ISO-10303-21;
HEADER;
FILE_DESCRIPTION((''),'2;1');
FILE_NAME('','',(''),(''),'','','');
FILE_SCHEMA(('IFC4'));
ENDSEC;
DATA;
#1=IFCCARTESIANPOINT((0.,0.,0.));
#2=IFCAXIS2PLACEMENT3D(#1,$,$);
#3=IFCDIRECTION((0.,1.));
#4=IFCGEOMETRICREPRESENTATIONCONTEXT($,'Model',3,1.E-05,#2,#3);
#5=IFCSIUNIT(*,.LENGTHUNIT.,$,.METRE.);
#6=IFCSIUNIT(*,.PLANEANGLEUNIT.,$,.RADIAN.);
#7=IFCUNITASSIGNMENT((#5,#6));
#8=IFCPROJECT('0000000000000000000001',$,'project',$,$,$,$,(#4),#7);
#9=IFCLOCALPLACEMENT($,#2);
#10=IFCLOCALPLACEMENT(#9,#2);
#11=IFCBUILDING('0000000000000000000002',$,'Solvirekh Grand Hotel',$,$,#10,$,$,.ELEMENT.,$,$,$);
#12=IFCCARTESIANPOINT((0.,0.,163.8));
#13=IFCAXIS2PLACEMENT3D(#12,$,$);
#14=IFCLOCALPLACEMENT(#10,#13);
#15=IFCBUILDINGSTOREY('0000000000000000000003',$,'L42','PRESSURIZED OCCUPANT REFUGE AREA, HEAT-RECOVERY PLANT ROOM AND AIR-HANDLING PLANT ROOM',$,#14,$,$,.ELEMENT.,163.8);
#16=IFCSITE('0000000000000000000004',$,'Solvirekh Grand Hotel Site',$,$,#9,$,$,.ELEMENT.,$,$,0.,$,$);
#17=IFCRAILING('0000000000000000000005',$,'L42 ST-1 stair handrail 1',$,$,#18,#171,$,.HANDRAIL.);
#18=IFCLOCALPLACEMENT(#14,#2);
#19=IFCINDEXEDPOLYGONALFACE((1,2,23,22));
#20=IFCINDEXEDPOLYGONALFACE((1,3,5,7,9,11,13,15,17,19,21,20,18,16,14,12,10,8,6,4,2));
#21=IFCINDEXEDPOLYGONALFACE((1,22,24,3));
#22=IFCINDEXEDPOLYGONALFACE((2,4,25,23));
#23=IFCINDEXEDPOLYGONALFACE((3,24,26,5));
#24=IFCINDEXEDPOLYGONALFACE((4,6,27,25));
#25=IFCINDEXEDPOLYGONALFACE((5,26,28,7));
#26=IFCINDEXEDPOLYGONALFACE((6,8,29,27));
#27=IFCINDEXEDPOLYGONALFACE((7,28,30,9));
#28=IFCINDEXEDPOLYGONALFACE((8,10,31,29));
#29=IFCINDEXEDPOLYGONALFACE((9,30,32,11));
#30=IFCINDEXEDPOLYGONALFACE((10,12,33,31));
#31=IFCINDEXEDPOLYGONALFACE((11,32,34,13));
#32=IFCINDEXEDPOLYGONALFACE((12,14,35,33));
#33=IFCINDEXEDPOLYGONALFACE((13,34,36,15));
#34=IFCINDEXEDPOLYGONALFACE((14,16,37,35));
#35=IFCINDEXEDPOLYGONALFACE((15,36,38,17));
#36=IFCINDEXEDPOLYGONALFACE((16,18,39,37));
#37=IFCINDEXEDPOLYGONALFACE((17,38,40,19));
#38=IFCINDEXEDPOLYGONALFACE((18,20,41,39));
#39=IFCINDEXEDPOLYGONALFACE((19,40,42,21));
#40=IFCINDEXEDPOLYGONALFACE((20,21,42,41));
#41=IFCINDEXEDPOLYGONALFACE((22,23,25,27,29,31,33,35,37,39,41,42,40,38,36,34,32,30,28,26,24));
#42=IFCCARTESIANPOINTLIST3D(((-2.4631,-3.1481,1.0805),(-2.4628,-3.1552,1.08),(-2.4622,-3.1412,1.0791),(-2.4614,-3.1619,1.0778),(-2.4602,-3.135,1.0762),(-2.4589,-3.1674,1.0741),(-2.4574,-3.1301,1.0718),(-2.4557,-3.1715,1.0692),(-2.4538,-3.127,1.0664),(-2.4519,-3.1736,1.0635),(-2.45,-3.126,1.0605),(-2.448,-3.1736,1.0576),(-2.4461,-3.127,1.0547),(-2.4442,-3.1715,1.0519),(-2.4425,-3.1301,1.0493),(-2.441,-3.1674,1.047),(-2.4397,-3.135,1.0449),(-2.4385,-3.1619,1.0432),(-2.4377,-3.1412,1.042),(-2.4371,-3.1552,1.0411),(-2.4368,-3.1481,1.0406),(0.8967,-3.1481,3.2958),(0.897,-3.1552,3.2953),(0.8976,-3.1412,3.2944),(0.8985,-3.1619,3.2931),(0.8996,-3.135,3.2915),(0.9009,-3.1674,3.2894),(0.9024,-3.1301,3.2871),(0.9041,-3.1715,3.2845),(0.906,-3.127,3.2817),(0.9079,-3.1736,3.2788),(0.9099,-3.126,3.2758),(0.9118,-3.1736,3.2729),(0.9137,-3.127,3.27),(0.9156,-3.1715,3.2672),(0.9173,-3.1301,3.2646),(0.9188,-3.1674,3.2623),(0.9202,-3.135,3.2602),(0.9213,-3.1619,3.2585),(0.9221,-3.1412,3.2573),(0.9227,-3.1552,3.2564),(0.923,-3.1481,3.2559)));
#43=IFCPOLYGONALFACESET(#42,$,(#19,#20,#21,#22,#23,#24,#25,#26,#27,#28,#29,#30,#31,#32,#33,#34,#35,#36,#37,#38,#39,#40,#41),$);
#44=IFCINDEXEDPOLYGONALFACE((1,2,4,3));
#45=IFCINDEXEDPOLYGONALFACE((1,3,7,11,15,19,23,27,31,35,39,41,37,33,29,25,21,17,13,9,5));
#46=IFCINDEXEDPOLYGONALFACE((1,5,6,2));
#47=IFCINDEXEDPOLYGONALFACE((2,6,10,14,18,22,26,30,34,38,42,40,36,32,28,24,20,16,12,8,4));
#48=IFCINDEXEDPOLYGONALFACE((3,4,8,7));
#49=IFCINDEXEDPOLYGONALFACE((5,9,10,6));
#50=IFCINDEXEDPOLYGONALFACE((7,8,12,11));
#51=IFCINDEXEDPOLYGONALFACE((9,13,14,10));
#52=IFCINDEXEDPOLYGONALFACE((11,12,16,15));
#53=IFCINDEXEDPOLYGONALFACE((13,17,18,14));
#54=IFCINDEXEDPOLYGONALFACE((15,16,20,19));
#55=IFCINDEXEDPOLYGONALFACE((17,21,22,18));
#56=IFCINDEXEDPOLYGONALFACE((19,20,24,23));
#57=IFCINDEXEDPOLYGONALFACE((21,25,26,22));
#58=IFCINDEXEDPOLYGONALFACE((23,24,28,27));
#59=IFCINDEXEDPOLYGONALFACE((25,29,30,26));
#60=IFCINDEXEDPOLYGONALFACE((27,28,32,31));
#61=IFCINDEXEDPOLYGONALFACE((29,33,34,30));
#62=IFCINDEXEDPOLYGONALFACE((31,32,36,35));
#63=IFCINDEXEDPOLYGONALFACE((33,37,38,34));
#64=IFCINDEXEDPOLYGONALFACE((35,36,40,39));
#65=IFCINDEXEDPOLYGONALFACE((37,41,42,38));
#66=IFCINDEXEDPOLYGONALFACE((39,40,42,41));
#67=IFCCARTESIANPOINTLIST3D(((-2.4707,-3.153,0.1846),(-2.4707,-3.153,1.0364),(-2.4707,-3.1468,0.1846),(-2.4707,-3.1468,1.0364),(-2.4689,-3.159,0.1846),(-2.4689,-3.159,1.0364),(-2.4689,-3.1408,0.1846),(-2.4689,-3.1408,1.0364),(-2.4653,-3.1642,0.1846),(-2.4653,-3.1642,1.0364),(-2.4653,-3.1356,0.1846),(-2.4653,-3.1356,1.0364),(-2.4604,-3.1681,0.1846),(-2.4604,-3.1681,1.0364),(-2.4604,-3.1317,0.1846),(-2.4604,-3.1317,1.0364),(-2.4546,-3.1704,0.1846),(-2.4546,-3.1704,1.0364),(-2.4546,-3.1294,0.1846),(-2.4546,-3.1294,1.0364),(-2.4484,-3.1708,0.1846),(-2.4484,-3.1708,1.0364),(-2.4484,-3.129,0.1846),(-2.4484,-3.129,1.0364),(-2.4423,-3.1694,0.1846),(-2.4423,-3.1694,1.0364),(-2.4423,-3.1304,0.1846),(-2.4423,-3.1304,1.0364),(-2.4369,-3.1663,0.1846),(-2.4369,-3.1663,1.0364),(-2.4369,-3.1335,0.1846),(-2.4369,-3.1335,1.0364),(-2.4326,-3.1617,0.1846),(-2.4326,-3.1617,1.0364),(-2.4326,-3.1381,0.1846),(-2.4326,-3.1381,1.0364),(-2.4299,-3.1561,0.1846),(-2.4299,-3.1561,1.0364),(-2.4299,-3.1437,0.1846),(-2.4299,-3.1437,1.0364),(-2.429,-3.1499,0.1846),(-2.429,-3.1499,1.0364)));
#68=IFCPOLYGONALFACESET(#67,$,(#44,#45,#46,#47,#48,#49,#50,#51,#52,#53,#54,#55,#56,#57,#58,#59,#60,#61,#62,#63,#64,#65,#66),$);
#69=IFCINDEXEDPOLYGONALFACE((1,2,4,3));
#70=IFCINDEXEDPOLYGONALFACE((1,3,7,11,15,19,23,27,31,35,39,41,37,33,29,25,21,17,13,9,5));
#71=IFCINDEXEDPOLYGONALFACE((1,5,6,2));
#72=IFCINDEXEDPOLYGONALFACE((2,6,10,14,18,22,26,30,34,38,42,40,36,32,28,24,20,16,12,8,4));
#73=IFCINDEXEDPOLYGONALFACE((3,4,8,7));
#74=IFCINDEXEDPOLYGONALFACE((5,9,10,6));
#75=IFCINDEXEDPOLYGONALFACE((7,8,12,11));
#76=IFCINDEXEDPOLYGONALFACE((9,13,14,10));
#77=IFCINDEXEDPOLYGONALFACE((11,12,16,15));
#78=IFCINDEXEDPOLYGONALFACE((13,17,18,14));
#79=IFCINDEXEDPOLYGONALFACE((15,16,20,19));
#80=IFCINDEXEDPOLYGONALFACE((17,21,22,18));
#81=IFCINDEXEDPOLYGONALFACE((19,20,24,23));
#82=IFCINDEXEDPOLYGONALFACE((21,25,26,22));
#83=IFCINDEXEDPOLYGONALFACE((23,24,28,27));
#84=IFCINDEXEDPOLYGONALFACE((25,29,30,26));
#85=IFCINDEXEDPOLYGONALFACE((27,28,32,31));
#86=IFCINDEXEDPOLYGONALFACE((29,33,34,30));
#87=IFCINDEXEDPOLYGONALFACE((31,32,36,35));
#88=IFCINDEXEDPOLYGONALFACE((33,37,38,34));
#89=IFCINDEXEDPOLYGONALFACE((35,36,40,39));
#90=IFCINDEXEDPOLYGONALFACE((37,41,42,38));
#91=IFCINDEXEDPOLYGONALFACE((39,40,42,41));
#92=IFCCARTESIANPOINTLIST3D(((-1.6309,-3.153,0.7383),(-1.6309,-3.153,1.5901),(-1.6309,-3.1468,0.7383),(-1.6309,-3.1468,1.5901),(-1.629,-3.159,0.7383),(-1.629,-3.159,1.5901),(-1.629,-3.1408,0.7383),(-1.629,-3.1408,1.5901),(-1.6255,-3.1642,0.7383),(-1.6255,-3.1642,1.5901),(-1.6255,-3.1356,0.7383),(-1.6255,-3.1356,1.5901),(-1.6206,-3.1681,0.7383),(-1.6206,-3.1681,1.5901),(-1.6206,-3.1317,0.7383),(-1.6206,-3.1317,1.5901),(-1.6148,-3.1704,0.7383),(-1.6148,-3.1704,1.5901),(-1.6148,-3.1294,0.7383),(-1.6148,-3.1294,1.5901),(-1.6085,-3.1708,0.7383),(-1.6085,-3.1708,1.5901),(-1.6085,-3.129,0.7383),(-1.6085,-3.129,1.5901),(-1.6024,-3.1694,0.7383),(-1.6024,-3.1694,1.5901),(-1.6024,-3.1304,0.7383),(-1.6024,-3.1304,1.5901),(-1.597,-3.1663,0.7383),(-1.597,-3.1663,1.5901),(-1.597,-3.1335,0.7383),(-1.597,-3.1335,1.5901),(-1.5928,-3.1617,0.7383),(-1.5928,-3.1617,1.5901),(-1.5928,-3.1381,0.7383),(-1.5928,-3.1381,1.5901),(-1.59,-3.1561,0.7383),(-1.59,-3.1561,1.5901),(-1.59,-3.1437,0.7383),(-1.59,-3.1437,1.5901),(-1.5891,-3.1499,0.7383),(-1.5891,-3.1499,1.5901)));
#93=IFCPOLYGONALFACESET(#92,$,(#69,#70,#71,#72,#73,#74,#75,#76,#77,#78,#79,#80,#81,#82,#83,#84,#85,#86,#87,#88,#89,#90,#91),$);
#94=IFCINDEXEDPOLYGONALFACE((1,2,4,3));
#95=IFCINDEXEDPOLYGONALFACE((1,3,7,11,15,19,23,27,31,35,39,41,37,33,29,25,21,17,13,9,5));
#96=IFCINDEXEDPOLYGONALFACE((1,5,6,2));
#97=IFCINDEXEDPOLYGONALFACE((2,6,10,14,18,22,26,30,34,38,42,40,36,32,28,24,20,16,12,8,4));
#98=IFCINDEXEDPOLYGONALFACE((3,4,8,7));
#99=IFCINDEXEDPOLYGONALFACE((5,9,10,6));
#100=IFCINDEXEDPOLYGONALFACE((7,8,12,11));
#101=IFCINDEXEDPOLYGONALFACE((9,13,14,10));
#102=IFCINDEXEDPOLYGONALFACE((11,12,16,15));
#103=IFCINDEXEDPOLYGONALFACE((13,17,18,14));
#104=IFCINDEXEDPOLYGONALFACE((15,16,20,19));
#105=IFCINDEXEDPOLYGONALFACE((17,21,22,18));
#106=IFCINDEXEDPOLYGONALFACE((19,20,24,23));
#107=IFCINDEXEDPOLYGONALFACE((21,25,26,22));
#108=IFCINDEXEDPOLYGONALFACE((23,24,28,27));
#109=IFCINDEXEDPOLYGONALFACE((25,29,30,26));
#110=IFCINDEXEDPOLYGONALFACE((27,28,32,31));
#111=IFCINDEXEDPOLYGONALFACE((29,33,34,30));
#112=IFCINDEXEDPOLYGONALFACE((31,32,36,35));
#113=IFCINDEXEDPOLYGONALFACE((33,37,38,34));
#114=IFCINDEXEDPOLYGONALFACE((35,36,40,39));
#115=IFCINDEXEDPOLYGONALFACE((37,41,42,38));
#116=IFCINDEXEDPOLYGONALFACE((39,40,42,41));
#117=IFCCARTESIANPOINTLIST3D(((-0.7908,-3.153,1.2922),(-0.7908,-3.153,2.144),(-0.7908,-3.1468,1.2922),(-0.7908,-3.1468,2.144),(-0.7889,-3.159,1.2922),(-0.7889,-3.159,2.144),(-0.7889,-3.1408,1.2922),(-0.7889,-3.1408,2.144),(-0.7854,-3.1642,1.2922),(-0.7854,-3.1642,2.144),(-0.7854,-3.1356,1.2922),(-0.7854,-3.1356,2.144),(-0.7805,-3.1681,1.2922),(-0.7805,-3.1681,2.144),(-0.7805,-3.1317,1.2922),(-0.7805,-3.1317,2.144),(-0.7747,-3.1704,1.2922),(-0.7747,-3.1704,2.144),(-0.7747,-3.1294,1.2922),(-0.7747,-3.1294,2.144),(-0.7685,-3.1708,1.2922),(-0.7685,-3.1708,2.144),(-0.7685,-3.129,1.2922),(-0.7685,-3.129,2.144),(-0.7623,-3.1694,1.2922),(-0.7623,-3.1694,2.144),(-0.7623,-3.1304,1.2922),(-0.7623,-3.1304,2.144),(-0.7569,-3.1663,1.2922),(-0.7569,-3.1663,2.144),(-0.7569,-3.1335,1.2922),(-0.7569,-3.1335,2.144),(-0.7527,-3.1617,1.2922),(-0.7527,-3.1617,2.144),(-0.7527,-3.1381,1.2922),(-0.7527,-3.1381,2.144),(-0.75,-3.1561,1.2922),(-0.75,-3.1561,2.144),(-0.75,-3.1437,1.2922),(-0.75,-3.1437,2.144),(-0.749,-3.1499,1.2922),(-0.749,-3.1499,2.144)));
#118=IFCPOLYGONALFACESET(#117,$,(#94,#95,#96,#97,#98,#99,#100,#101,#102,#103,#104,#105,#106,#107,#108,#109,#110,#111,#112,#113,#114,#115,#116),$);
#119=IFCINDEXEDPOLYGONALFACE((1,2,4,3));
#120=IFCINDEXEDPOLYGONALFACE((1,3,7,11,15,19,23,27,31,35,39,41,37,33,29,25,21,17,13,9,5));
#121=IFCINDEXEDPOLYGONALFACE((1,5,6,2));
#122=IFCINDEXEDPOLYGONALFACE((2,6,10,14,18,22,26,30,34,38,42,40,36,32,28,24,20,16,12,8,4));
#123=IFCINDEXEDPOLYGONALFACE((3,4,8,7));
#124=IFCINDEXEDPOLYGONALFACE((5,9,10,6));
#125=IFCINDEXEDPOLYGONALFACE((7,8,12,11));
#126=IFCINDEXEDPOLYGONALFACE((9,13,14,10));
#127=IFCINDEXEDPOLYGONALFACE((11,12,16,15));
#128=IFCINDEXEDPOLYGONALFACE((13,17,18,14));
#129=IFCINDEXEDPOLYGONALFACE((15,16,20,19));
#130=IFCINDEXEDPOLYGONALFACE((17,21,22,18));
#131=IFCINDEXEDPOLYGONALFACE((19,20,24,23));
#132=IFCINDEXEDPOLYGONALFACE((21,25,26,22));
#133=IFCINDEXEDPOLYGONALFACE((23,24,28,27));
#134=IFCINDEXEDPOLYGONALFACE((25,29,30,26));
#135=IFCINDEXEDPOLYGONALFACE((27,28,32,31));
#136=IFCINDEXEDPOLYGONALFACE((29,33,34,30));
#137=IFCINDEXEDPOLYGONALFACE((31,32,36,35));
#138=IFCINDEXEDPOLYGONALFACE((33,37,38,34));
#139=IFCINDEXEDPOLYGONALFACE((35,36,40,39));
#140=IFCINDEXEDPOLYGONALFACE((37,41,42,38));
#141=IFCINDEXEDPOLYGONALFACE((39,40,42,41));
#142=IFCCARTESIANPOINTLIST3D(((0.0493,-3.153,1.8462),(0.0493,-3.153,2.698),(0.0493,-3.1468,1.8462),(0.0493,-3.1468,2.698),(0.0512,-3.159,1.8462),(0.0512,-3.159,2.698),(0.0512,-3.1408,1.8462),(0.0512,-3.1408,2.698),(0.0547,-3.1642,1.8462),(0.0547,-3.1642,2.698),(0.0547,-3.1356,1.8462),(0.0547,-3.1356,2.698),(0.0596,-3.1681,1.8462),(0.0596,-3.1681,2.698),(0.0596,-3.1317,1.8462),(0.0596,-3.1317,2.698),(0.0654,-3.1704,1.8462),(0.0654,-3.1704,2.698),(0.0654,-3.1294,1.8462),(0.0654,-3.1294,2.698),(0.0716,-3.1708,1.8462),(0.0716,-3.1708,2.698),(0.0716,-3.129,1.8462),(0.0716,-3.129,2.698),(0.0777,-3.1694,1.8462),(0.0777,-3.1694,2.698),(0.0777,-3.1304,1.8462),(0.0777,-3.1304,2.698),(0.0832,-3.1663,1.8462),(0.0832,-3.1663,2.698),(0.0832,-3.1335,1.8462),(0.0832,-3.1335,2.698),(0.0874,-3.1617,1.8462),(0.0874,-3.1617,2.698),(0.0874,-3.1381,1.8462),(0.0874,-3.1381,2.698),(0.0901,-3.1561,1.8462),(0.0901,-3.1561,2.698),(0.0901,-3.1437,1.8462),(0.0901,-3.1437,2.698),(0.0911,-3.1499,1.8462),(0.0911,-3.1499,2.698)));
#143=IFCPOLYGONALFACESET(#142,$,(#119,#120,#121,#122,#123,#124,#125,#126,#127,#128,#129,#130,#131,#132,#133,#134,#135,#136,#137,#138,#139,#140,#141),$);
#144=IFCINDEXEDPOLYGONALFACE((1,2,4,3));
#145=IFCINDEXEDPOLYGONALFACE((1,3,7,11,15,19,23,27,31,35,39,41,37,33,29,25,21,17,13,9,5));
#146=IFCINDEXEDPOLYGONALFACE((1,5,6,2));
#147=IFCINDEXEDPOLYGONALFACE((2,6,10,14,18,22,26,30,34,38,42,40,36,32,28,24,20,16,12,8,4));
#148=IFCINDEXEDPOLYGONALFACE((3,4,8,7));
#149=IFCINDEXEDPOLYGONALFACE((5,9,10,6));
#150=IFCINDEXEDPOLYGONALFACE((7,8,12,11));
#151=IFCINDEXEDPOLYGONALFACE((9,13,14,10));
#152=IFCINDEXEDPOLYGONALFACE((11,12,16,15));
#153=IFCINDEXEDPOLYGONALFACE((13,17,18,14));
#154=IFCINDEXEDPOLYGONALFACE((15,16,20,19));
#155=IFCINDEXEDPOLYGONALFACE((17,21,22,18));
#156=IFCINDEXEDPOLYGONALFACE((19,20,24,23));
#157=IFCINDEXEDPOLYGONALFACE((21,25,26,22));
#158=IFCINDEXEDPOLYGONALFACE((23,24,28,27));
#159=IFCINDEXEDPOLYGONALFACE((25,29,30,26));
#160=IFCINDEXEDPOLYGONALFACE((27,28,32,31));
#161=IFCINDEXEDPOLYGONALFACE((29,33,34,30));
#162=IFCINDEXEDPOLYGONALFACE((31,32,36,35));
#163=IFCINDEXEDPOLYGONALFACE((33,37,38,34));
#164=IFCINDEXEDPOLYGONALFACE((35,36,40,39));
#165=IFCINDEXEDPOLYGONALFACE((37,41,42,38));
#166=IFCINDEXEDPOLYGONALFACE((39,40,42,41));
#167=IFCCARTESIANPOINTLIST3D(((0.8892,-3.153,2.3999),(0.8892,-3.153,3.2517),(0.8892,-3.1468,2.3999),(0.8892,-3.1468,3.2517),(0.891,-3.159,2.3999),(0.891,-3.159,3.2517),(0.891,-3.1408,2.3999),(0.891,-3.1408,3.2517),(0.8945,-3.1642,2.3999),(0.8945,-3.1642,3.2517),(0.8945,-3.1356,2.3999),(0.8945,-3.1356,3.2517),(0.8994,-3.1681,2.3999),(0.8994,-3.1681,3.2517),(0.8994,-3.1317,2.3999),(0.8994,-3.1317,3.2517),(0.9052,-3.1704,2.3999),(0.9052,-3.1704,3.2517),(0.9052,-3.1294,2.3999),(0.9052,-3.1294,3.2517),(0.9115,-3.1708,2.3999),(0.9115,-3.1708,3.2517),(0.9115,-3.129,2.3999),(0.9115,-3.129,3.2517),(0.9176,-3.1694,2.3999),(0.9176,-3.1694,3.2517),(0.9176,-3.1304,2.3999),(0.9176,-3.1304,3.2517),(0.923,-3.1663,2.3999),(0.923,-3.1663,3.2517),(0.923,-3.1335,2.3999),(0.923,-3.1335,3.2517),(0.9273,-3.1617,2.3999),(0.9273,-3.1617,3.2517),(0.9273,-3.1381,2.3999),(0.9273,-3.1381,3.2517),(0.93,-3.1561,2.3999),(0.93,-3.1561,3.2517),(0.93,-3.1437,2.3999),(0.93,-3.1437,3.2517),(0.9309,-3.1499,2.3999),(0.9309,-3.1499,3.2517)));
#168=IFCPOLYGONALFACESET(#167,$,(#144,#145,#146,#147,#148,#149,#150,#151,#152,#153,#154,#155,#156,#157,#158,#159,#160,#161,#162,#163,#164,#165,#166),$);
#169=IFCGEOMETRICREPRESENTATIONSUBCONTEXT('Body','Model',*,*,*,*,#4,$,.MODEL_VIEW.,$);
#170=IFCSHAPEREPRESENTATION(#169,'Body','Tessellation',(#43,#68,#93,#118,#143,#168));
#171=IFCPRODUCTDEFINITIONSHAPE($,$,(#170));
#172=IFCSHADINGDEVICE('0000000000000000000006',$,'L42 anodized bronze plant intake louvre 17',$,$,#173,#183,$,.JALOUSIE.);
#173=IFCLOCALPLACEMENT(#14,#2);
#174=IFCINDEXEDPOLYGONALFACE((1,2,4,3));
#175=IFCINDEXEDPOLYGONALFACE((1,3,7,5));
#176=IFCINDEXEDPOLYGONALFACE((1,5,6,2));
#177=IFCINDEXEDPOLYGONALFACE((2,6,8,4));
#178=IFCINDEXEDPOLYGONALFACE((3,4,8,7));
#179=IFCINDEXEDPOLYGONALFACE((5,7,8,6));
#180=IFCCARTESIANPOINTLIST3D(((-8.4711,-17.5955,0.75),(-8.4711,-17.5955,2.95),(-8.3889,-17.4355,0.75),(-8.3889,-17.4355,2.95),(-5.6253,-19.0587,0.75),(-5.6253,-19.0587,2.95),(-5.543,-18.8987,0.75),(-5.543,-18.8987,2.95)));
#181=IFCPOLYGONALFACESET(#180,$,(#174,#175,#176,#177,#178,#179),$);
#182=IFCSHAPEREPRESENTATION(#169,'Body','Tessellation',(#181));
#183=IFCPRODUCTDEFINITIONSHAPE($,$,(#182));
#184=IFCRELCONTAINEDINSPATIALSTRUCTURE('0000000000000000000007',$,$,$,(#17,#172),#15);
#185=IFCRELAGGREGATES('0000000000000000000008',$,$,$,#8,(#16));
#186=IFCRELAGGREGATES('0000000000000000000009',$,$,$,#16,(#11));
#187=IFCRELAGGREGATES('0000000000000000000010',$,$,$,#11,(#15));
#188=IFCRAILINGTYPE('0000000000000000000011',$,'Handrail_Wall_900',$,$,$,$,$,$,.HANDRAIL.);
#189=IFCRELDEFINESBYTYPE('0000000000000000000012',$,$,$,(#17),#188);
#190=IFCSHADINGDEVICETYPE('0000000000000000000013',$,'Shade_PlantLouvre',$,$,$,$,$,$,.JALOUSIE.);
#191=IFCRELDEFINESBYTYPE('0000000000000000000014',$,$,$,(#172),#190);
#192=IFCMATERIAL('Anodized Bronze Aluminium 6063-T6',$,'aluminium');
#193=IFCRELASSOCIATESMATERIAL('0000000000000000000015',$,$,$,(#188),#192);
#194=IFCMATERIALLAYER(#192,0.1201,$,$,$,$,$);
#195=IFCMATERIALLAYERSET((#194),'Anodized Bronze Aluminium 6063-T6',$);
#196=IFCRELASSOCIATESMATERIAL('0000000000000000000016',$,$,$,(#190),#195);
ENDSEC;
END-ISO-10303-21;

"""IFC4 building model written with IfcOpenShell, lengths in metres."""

from ifc_helpers import new_model, si_unit, direction, frame, origin, origin_2d, place, context, subcontext, project, spatial, rectangle, circle, extrude, material, layer, layer_set, type_object, element, save


model = new_model("IFC4")

# Units and contexts
model_context = context("Model", 3, precision=1e-05, world=origin(), true_north=direction((0.0, 1.0)))
body_context = subcontext(model_context, "Body", "Model", "MODEL_VIEW")
ifc_project = project(units=[si_unit("LENGTHUNIT", "METRE"), si_unit("PLANEANGLEUNIT", "RADIAN")], contexts=[model_context])

# Site, building, storey
site_placement = place(None, origin())
site = spatial("IfcSite", under=ifc_project, at=site_placement, Name="Solvirekh Grand Hotel Site", CompositionType="ELEMENT", RefElevation=0.0)
building_placement = place(site_placement, origin())
building = spatial("IfcBuilding", under=site, at=building_placement, Name="Solvirekh Grand Hotel", CompositionType="ELEMENT")
storey_placement = place(building_placement, frame((0.0, 0.0, 163.8)))
storey = spatial("IfcBuildingStorey", under=building, at=storey_placement, Name="L42", Description="PRESSURIZED OCCUPANT REFUGE AREA, HEAT-RECOVERY PLANT ROOM AND AIR-HANDLING PLANT ROOM", CompositionType="ELEMENT", Elevation=163.8)

# Shared definitions
ifc_material_1 = material(Name="Anodized Bronze Aluminium 6063-T6", Category="aluminium")

# Railing
railing_type_1 = type_object("IfcRailingType", Name="Handrail_Wall_900", PredefinedType="HANDRAIL", material=ifc_material_1)
railing_1_placement = place(storey_placement, frame((-2.45, -3.1499, 0.1846)))
element("IfcRailing", 1, at=railing_1_placement, inside=storey, type_object=railing_type_1, Name="L42 ST-1 stair handrail 1", PredefinedType="HANDRAIL", context=body_context, shape_type="SweptSolid", body=[
    extrude(circle(Radius=0.0239, at=origin_2d()), frame((0.0, 0.0, 0.876), z_axis=(0.834858, 0.0, 0.550465), x_axis=(0.0, 1.0, 0.0)), (0.0, 0.0, 1.0), 4.0244),
    extrude(circle(Radius=0.021, at=origin_2d()), origin(), (0.0, 0.0, 1.0), 0.8518),
    extrude(circle(Radius=0.021, at=origin_2d()), frame((0.8398, 0.0, 0.5537)), (0.0, 0.0, 1.0), 0.8518),
    extrude(circle(Radius=0.021, at=origin_2d()), frame((1.6799, 0.0, 1.1077)), (0.0, 0.0, 1.0), 0.8518),
    extrude(circle(Radius=0.021, at=origin_2d()), frame((2.52, 0.0, 1.6616)), (0.0, 0.0, 1.0), 0.8518),
    extrude(circle(Radius=0.021, at=origin_2d()), frame((3.3599, 0.0, 2.2153)), (0.0, 0.0, 1.0), 0.8518),
])

# Shading device
ifc_layer_1 = layer(ifc_material_1, 0.1201)
ifc_layer_set_1 = layer_set([ifc_layer_1], Name="Anodized Bronze Aluminium 6063-T6")
shading_device_type = type_object("IfcShadingDeviceType", Name="Shade_PlantLouvre", PredefinedType="JALOUSIE", material=ifc_layer_set_1)
shading_device_placement = place(storey_placement, frame((-7.0071, -18.2471, 0.75), z_axis=(0.0, 0.0, 1.0), x_axis=(-0.889337, 0.457253, 0.0)))
element("IfcShadingDevice", 2, at=shading_device_placement, inside=storey, type_object=shading_device_type, Name="L42 anodized bronze plant intake louvre 17", PredefinedType="JALOUSIE", context=body_context, shape_type="SweptSolid", body=[
    extrude(rectangle(XDim=3.2, YDim=0.1799, at=origin_2d()), origin(), (0.0, 0.0, 1.0), 2.2),
])

save(model, "model.ifc")
